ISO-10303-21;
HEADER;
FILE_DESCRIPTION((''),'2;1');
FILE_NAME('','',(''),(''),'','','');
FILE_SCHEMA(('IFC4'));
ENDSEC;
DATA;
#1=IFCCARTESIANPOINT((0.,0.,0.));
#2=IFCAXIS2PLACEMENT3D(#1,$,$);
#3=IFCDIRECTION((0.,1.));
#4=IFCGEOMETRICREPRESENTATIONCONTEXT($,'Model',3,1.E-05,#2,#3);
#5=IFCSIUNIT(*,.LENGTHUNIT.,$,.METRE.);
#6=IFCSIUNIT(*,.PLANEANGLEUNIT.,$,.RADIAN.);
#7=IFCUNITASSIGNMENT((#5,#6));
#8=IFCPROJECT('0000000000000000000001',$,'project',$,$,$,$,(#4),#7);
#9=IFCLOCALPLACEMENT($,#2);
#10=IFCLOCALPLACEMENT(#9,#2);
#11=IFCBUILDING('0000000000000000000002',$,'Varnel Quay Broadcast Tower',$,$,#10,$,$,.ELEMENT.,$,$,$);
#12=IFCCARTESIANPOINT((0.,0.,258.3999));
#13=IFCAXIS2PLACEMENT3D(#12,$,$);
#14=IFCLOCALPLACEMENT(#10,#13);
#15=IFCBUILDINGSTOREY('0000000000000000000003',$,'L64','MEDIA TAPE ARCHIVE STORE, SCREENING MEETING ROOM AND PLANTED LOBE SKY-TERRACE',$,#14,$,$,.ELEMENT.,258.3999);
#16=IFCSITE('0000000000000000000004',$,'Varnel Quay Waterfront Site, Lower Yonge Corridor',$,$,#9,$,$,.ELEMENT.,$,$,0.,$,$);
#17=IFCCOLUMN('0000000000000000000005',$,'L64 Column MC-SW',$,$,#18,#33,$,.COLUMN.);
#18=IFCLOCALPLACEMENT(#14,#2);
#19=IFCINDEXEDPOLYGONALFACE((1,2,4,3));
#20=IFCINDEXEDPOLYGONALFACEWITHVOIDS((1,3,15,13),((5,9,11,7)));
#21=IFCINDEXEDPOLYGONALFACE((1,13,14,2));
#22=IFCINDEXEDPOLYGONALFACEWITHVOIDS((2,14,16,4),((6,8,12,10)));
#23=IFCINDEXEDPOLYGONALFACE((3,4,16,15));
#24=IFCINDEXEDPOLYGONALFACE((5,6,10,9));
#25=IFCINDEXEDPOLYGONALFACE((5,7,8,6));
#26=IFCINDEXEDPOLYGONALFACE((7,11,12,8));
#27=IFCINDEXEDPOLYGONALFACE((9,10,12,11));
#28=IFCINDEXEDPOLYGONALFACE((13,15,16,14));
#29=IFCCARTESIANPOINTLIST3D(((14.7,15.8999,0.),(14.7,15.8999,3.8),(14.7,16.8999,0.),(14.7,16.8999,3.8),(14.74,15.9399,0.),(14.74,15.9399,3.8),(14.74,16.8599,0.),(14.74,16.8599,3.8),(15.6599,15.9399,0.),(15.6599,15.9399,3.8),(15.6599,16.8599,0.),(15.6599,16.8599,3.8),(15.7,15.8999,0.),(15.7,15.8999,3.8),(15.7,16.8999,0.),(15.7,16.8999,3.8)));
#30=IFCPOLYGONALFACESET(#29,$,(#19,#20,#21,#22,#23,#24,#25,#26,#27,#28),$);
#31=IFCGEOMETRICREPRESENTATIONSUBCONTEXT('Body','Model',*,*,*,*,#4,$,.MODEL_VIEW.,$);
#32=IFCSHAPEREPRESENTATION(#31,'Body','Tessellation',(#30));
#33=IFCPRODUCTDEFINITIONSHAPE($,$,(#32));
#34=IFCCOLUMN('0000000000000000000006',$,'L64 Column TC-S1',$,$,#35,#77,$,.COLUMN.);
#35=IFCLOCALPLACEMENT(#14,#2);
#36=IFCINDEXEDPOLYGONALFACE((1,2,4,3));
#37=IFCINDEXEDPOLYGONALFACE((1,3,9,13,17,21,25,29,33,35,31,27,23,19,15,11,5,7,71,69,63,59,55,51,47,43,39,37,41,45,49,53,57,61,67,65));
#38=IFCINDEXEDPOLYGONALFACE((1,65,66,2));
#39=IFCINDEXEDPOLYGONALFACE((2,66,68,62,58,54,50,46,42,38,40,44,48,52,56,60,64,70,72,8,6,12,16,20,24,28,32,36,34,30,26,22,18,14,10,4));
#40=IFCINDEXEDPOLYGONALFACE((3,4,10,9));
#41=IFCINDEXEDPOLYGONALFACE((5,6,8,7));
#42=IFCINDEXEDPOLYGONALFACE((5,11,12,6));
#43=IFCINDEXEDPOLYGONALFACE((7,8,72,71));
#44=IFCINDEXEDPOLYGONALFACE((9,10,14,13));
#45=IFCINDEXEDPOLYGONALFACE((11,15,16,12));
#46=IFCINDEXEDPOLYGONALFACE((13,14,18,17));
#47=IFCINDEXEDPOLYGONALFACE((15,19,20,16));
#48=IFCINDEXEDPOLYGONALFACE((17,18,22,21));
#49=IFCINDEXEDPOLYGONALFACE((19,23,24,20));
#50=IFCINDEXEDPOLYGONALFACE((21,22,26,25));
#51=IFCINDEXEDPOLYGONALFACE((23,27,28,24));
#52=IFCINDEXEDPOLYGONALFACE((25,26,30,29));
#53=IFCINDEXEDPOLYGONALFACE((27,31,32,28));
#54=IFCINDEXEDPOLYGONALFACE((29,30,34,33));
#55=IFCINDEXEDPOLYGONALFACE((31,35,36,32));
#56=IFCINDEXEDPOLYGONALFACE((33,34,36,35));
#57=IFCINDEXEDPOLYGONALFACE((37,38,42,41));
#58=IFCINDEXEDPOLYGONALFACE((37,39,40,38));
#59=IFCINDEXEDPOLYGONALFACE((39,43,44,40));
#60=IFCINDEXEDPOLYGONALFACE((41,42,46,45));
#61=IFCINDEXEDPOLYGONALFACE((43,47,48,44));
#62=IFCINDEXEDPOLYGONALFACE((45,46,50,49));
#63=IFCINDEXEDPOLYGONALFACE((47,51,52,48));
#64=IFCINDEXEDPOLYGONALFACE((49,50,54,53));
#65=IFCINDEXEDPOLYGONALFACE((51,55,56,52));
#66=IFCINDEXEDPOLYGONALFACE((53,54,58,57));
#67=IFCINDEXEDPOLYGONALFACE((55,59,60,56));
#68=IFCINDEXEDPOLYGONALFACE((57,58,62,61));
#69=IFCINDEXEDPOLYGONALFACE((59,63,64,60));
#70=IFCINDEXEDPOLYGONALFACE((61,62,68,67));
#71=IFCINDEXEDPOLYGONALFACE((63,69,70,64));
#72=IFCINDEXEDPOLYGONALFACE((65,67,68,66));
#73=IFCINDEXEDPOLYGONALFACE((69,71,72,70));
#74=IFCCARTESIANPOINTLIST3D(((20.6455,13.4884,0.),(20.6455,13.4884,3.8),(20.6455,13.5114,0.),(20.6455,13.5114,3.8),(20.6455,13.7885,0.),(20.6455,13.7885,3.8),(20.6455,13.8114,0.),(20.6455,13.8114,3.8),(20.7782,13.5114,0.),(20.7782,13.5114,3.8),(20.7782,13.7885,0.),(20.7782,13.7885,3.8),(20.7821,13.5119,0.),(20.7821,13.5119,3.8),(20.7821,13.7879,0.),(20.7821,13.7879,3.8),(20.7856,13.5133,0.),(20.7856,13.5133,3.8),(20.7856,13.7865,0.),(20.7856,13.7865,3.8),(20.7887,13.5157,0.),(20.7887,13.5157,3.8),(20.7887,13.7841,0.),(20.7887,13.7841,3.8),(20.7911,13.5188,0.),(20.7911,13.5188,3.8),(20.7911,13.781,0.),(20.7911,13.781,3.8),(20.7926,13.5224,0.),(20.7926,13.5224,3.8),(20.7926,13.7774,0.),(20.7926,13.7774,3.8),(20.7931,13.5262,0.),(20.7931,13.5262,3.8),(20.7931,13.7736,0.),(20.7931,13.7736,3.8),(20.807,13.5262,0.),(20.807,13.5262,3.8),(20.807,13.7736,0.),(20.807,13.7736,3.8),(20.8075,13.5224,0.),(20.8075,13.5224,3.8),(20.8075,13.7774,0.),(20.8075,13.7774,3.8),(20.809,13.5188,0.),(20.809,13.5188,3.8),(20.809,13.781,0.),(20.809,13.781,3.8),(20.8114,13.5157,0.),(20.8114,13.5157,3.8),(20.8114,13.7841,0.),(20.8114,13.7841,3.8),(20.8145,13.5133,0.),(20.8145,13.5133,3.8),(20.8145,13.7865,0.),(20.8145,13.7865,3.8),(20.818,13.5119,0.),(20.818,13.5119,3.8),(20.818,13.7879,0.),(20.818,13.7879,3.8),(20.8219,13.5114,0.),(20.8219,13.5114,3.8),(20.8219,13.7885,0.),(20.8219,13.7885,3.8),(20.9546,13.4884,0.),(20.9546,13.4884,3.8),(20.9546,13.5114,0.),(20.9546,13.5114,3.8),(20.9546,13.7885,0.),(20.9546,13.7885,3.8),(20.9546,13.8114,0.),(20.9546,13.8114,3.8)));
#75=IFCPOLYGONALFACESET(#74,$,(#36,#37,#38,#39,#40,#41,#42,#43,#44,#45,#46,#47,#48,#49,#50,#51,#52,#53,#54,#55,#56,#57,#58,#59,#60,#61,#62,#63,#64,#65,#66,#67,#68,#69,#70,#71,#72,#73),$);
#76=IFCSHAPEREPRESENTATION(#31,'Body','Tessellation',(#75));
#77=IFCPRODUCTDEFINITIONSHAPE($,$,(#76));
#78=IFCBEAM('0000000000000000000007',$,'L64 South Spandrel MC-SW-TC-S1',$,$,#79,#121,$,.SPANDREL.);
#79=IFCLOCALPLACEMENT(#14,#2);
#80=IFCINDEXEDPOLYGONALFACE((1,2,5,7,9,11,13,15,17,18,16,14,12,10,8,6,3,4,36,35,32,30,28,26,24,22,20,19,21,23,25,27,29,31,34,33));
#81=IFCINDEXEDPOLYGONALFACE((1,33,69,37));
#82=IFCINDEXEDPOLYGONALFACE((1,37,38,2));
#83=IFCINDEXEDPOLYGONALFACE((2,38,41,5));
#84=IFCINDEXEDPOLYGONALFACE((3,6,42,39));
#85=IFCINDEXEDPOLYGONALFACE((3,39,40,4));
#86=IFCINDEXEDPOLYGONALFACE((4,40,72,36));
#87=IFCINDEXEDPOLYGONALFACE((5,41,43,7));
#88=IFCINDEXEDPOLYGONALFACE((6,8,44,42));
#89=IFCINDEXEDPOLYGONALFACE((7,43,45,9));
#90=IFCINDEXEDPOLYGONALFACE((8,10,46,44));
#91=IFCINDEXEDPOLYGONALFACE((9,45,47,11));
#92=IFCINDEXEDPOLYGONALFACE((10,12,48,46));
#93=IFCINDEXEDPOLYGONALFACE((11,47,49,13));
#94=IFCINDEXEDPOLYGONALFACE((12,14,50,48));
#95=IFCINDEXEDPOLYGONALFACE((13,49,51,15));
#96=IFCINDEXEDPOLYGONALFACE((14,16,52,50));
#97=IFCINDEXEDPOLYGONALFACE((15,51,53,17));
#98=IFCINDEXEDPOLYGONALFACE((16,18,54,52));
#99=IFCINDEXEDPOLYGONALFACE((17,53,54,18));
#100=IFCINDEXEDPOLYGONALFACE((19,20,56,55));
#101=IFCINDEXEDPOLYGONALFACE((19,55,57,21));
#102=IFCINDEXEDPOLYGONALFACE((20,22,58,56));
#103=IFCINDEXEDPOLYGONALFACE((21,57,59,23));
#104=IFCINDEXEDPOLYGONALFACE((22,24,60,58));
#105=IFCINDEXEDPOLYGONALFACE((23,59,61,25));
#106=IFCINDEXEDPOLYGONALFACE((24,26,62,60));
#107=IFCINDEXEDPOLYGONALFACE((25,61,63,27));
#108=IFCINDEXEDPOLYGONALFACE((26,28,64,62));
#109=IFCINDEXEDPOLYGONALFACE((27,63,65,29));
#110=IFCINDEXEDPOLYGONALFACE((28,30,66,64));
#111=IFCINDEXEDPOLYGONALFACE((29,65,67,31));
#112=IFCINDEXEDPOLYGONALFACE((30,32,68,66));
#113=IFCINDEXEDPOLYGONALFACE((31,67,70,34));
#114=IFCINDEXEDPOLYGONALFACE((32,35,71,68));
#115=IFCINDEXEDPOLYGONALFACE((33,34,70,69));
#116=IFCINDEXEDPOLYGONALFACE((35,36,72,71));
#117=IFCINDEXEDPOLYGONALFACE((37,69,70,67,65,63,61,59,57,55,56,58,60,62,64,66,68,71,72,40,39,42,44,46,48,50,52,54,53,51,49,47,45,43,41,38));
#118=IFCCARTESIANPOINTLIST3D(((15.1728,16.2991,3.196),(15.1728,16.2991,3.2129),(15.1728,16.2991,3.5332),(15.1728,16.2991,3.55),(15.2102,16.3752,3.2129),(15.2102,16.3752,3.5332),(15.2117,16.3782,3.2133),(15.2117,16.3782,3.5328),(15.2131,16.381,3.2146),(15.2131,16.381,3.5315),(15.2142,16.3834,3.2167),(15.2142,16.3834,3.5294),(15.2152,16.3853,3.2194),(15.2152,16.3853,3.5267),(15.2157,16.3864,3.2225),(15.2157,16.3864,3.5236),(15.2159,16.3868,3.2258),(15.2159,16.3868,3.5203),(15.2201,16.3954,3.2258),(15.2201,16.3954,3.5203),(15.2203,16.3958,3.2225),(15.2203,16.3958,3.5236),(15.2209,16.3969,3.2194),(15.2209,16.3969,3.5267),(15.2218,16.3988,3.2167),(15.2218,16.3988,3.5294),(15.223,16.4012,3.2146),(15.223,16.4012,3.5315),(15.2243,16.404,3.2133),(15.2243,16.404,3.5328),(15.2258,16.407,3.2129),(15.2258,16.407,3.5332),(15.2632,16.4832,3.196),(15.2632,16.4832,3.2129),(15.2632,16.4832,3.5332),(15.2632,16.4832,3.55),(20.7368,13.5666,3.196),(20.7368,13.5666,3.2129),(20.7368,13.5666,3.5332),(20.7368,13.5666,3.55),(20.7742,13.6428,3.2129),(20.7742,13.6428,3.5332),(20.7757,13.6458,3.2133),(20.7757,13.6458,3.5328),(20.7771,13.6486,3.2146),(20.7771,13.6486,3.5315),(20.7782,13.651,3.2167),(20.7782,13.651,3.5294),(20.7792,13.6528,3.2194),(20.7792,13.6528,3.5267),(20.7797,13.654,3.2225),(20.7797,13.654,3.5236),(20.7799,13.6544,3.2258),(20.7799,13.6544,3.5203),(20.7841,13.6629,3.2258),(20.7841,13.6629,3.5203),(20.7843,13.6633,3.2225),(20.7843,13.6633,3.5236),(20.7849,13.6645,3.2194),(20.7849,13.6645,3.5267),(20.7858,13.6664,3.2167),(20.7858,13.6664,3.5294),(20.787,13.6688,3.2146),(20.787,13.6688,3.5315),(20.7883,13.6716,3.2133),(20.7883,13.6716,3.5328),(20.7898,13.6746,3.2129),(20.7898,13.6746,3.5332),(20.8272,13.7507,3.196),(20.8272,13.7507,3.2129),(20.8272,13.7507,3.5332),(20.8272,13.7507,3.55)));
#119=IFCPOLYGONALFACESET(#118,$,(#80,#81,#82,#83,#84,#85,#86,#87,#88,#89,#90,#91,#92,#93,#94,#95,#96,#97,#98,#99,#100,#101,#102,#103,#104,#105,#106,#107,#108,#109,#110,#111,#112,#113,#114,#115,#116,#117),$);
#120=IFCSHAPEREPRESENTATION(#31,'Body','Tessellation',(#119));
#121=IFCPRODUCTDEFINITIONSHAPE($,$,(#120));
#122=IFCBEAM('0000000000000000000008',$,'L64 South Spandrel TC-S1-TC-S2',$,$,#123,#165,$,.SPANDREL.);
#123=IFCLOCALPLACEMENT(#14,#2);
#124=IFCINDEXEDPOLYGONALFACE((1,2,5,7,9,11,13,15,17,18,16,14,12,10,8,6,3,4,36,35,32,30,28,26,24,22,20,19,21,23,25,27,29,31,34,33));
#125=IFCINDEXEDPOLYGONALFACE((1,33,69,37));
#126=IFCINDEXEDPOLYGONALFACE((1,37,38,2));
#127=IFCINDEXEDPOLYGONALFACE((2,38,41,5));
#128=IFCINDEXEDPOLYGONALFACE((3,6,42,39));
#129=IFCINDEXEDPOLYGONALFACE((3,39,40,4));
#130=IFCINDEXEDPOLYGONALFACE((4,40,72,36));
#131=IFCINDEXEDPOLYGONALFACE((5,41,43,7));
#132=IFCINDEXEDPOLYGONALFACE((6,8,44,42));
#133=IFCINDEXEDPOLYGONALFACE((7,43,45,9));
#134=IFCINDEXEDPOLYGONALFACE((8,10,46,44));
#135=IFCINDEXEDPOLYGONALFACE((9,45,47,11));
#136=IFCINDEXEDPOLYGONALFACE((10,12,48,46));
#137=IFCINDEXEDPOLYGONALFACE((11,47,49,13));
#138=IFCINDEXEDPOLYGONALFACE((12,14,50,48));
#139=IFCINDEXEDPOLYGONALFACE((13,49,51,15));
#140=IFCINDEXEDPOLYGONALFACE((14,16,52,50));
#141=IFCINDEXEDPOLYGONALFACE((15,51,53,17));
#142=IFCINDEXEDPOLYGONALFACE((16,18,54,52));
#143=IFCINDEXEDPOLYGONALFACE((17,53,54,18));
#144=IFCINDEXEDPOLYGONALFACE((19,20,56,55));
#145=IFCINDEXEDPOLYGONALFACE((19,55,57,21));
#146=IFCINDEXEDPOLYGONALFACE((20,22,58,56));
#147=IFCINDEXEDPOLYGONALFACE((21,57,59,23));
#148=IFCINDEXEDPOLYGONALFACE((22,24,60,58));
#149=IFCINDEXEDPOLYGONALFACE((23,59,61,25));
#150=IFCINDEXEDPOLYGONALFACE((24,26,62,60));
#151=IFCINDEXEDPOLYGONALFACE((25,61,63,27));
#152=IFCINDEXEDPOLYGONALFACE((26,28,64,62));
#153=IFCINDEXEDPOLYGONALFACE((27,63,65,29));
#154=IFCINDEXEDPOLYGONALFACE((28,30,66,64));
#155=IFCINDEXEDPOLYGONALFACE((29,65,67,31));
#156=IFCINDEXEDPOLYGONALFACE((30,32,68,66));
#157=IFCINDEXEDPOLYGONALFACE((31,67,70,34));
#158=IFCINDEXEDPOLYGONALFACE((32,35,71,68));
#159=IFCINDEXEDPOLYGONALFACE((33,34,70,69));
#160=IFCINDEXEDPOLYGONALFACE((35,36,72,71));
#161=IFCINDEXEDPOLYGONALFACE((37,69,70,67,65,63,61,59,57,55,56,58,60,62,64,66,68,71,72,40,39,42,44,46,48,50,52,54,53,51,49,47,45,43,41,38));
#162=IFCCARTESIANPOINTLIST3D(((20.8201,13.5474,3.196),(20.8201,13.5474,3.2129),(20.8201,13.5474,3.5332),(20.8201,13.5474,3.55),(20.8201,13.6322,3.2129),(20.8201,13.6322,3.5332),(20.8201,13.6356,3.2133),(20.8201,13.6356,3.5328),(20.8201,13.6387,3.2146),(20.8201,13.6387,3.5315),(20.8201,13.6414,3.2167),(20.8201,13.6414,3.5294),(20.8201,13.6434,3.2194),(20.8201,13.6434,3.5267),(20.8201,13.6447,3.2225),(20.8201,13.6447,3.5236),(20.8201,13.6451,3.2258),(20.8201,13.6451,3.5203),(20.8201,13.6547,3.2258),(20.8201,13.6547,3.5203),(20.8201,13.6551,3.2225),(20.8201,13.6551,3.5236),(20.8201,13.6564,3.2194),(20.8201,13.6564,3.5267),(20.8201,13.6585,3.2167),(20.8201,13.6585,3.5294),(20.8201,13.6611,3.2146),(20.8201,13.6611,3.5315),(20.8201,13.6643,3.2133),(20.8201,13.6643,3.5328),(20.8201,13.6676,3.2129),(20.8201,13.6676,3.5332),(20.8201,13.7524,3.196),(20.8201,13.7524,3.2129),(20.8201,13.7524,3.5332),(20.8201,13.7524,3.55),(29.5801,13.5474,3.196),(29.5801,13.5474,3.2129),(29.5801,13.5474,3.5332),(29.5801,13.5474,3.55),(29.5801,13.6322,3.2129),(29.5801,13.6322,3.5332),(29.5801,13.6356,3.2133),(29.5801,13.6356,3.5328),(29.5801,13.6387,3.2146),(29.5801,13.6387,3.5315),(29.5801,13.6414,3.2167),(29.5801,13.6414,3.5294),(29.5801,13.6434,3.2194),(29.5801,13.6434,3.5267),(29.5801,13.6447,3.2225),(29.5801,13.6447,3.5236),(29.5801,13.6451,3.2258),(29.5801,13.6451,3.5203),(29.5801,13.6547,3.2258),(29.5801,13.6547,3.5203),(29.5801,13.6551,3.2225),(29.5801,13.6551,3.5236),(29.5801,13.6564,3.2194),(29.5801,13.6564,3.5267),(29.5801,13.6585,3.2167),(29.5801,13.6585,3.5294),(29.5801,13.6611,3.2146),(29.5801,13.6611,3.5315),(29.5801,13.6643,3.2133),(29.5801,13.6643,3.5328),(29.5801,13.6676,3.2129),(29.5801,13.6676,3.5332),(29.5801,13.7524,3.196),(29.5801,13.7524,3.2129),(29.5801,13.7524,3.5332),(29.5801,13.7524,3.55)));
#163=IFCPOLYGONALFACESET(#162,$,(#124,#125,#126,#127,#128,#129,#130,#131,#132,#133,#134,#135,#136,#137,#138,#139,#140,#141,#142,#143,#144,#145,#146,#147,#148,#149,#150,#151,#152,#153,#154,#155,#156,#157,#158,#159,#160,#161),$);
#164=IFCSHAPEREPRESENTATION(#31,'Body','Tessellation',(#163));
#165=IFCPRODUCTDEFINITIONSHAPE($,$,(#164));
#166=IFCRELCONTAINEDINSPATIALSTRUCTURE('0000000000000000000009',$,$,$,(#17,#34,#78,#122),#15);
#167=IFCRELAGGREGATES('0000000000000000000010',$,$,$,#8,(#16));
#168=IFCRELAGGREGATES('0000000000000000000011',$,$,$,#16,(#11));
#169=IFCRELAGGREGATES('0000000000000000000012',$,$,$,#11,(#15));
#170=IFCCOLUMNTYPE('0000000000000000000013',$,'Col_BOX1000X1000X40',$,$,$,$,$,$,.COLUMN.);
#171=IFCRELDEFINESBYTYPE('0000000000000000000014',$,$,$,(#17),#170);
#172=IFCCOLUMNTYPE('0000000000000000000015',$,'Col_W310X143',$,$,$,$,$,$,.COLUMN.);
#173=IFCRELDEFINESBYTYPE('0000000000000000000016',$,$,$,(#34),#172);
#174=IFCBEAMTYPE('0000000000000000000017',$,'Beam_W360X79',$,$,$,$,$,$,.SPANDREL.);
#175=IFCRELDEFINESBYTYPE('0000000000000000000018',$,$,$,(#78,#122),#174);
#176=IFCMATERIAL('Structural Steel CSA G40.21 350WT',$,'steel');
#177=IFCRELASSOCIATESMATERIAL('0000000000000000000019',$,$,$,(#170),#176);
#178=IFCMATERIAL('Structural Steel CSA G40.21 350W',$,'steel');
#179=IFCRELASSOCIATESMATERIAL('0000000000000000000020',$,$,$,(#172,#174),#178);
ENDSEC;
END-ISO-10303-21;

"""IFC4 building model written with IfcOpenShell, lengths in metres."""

from ifc_helpers import new_model, si_unit, direction, frame, origin, origin_2d, place, context, subcontext, project, spatial, hollow_rectangle, i_section, extrude, source, transform, mapped, material, material_profile, profile_set, type_object, type_shapes, element, save


model = new_model("IFC4")

# Units and contexts
model_context = context("Model", 3, precision=1e-05, world=origin(), true_north=direction((0.0, 1.0)))
body_context = subcontext(model_context, "Body", "Model", "MODEL_VIEW")
ifc_project = project(units=[si_unit("LENGTHUNIT", "METRE"), si_unit("PLANEANGLEUNIT", "RADIAN")], contexts=[model_context])

# Site, building, storey
site_placement = place(None, origin())
site = spatial("IfcSite", under=ifc_project, at=site_placement, Name="Varnel Quay Waterfront Site, Lower Yonge Corridor", CompositionType="ELEMENT", RefElevation=0.0)
building_placement = place(site_placement, origin())
building = spatial("IfcBuilding", under=site, at=building_placement, Name="Varnel Quay Broadcast Tower", CompositionType="ELEMENT")
storey_placement = place(building_placement, frame((0.0, 0.0, 258.3999)))
storey = spatial("IfcBuildingStorey", under=building, at=storey_placement, Name="L64", Description="MEDIA TAPE ARCHIVE STORE, SCREENING MEETING ROOM AND PLANTED LOBE SKY-TERRACE", CompositionType="ELEMENT", Elevation=258.3999)

# Columns
ifc_material_1 = material(Name="Structural Steel CSA G40.21 350WT", Category="steel")
ifc_material_profile_1 = material_profile(ifc_material_1, hollow_rectangle(XDim=1.0, YDim=1.0, WallThickness=0.04, at=origin_2d()), Name="BOX1000X1000X40")
ifc_profile_set_1 = profile_set([ifc_material_profile_1], Name="Structural Steel CSA G40.21 350WT")
column_type_1 = type_object("IfcColumnType", Name="Col_BOX1000X1000X40", PredefinedType="COLUMN", material=ifc_profile_set_1)
shared_shape_1 = source(origin(), body_context, "Body", "SweptSolid", [
    extrude(hollow_rectangle(XDim=1.0, YDim=1.0, WallThickness=0.04, at=origin_2d()), origin(), (0.0, 0.0, 1.0), 3.8),
])
type_shapes(column_type_1, [shared_shape_1])
column_1_placement = place(storey_placement, frame((15.2, 16.3999, 0.0), z_axis=(0.0, 0.0, 1.0), x_axis=(1.0, 0.0, 0.0)))
element("IfcColumn", 1, at=column_1_placement, inside=storey, type_object=column_type_1, Name="L64 Column MC-SW", PredefinedType="COLUMN", context=body_context, shape_type="MappedRepresentation", body=[
    mapped(shared_shape_1, transform((0.0, 0.0, 0.0), x_axis=(1.0, 0.0, 0.0), y_axis=(0.0, 1.0, 0.0), z_axis=(0.0, 0.0, 1.0), scale=1.0)),
])
ifc_material_2 = material(Name="Structural Steel CSA G40.21 350W", Category="steel")
ifc_material_profile_2 = material_profile(ifc_material_2, i_section(OverallWidth=0.3091, OverallDepth=0.323, WebThickness=0.0139, FlangeThickness=0.0229, FilletRadius=0.0149, at=origin_2d()), Name="W310X143")
ifc_profile_set_2 = profile_set([ifc_material_profile_2], Name="Structural Steel CSA G40.21 350W")
column_type_2 = type_object("IfcColumnType", Name="Col_W310X143", PredefinedType="COLUMN", material=ifc_profile_set_2)
shared_shape_2 = source(origin(), body_context, "Body", "SweptSolid", [
    extrude(i_section(OverallWidth=0.3091, OverallDepth=0.323, WebThickness=0.0139, FlangeThickness=0.0229, FilletRadius=0.0149, at=origin_2d()), origin(), (0.0, 0.0, 1.0), 3.8),
])
type_shapes(column_type_2, [shared_shape_2])
column_2_placement = place(storey_placement, frame((20.8, 13.6499, 0.0), z_axis=(0.0, 0.0, 1.0), x_axis=(1.0, 0.0, 0.0)))
element("IfcColumn", 2, at=column_2_placement, inside=storey, type_object=column_type_2, Name="L64 Column TC-S1", PredefinedType="COLUMN", context=body_context, shape_type="MappedRepresentation", body=[
    mapped(shared_shape_2, transform((0.0, 0.0, 0.0), x_axis=(1.0, 0.0, 0.0), y_axis=(0.0, 1.0, 0.0), z_axis=(0.0, 0.0, 1.0), scale=1.0)),
])

# Beams
ifc_material_profile_3 = material_profile(ifc_material_2, i_section(OverallWidth=0.2051, OverallDepth=0.354, WebThickness=0.0095, FlangeThickness=0.0168, FilletRadius=0.0129, at=origin_2d()), Name="W360X79")
ifc_profile_set_3 = profile_set([ifc_material_profile_3], Name="Structural Steel CSA G40.21 350W")
beam_type_1 = type_object("IfcBeamType", Name="Beam_W360X79", PredefinedType="SPANDREL", material=ifc_profile_set_3)
shared_shape_3 = source(origin(), body_context, "Body", "SweptSolid", [
    extrude(i_section(OverallWidth=0.2051, OverallDepth=0.354, WebThickness=0.0095, FlangeThickness=0.0168, FilletRadius=0.0129, at=origin_2d()), origin(), (0.0, 0.0, 1.0), 6.1987),
])
beam_1_placement = place(storey_placement, frame((15.218, 16.3911, 3.373), z_axis=(0.897602, -0.440806, 0.0), x_axis=(0.440806, 0.897602, 0.0)))
element("IfcBeam", 3, at=beam_1_placement, inside=storey, type_object=beam_type_1, Name="L64 South Spandrel MC-SW-TC-S1", PredefinedType="SPANDREL", context=body_context, shape_type="MappedRepresentation", body=[
    mapped(shared_shape_3, transform((0.0, 0.0, 0.0), x_axis=(1.0, 0.0, 0.0), y_axis=(0.0, 1.0, 0.0), z_axis=(0.0, 0.0, 1.0), scale=1.0)),
])
shared_shape_4 = source(origin(), body_context, "Body", "SweptSolid", [
    extrude(i_section(OverallWidth=0.2051, OverallDepth=0.354, WebThickness=0.0095, FlangeThickness=0.0168, FilletRadius=0.0129, at=origin_2d()), origin(), (0.0, 0.0, 1.0), 8.76),
])
beam_2_placement = place(storey_placement, frame((20.8201, 13.6499, 3.373), z_axis=(1.0, 0.0, 0.0), x_axis=(0.0, 1.0, 0.0)))
element("IfcBeam", 4, at=beam_2_placement, inside=storey, type_object=beam_type_1, Name="L64 South Spandrel TC-S1-TC-S2", PredefinedType="SPANDREL", context=body_context, shape_type="MappedRepresentation", body=[
    mapped(shared_shape_4, transform((0.0, 0.0, 0.0), x_axis=(1.0, 0.0, 0.0), y_axis=(0.0, 1.0, 0.0), z_axis=(0.0, 0.0, 1.0), scale=1.0)),
])

save(model, "model.ifc")
